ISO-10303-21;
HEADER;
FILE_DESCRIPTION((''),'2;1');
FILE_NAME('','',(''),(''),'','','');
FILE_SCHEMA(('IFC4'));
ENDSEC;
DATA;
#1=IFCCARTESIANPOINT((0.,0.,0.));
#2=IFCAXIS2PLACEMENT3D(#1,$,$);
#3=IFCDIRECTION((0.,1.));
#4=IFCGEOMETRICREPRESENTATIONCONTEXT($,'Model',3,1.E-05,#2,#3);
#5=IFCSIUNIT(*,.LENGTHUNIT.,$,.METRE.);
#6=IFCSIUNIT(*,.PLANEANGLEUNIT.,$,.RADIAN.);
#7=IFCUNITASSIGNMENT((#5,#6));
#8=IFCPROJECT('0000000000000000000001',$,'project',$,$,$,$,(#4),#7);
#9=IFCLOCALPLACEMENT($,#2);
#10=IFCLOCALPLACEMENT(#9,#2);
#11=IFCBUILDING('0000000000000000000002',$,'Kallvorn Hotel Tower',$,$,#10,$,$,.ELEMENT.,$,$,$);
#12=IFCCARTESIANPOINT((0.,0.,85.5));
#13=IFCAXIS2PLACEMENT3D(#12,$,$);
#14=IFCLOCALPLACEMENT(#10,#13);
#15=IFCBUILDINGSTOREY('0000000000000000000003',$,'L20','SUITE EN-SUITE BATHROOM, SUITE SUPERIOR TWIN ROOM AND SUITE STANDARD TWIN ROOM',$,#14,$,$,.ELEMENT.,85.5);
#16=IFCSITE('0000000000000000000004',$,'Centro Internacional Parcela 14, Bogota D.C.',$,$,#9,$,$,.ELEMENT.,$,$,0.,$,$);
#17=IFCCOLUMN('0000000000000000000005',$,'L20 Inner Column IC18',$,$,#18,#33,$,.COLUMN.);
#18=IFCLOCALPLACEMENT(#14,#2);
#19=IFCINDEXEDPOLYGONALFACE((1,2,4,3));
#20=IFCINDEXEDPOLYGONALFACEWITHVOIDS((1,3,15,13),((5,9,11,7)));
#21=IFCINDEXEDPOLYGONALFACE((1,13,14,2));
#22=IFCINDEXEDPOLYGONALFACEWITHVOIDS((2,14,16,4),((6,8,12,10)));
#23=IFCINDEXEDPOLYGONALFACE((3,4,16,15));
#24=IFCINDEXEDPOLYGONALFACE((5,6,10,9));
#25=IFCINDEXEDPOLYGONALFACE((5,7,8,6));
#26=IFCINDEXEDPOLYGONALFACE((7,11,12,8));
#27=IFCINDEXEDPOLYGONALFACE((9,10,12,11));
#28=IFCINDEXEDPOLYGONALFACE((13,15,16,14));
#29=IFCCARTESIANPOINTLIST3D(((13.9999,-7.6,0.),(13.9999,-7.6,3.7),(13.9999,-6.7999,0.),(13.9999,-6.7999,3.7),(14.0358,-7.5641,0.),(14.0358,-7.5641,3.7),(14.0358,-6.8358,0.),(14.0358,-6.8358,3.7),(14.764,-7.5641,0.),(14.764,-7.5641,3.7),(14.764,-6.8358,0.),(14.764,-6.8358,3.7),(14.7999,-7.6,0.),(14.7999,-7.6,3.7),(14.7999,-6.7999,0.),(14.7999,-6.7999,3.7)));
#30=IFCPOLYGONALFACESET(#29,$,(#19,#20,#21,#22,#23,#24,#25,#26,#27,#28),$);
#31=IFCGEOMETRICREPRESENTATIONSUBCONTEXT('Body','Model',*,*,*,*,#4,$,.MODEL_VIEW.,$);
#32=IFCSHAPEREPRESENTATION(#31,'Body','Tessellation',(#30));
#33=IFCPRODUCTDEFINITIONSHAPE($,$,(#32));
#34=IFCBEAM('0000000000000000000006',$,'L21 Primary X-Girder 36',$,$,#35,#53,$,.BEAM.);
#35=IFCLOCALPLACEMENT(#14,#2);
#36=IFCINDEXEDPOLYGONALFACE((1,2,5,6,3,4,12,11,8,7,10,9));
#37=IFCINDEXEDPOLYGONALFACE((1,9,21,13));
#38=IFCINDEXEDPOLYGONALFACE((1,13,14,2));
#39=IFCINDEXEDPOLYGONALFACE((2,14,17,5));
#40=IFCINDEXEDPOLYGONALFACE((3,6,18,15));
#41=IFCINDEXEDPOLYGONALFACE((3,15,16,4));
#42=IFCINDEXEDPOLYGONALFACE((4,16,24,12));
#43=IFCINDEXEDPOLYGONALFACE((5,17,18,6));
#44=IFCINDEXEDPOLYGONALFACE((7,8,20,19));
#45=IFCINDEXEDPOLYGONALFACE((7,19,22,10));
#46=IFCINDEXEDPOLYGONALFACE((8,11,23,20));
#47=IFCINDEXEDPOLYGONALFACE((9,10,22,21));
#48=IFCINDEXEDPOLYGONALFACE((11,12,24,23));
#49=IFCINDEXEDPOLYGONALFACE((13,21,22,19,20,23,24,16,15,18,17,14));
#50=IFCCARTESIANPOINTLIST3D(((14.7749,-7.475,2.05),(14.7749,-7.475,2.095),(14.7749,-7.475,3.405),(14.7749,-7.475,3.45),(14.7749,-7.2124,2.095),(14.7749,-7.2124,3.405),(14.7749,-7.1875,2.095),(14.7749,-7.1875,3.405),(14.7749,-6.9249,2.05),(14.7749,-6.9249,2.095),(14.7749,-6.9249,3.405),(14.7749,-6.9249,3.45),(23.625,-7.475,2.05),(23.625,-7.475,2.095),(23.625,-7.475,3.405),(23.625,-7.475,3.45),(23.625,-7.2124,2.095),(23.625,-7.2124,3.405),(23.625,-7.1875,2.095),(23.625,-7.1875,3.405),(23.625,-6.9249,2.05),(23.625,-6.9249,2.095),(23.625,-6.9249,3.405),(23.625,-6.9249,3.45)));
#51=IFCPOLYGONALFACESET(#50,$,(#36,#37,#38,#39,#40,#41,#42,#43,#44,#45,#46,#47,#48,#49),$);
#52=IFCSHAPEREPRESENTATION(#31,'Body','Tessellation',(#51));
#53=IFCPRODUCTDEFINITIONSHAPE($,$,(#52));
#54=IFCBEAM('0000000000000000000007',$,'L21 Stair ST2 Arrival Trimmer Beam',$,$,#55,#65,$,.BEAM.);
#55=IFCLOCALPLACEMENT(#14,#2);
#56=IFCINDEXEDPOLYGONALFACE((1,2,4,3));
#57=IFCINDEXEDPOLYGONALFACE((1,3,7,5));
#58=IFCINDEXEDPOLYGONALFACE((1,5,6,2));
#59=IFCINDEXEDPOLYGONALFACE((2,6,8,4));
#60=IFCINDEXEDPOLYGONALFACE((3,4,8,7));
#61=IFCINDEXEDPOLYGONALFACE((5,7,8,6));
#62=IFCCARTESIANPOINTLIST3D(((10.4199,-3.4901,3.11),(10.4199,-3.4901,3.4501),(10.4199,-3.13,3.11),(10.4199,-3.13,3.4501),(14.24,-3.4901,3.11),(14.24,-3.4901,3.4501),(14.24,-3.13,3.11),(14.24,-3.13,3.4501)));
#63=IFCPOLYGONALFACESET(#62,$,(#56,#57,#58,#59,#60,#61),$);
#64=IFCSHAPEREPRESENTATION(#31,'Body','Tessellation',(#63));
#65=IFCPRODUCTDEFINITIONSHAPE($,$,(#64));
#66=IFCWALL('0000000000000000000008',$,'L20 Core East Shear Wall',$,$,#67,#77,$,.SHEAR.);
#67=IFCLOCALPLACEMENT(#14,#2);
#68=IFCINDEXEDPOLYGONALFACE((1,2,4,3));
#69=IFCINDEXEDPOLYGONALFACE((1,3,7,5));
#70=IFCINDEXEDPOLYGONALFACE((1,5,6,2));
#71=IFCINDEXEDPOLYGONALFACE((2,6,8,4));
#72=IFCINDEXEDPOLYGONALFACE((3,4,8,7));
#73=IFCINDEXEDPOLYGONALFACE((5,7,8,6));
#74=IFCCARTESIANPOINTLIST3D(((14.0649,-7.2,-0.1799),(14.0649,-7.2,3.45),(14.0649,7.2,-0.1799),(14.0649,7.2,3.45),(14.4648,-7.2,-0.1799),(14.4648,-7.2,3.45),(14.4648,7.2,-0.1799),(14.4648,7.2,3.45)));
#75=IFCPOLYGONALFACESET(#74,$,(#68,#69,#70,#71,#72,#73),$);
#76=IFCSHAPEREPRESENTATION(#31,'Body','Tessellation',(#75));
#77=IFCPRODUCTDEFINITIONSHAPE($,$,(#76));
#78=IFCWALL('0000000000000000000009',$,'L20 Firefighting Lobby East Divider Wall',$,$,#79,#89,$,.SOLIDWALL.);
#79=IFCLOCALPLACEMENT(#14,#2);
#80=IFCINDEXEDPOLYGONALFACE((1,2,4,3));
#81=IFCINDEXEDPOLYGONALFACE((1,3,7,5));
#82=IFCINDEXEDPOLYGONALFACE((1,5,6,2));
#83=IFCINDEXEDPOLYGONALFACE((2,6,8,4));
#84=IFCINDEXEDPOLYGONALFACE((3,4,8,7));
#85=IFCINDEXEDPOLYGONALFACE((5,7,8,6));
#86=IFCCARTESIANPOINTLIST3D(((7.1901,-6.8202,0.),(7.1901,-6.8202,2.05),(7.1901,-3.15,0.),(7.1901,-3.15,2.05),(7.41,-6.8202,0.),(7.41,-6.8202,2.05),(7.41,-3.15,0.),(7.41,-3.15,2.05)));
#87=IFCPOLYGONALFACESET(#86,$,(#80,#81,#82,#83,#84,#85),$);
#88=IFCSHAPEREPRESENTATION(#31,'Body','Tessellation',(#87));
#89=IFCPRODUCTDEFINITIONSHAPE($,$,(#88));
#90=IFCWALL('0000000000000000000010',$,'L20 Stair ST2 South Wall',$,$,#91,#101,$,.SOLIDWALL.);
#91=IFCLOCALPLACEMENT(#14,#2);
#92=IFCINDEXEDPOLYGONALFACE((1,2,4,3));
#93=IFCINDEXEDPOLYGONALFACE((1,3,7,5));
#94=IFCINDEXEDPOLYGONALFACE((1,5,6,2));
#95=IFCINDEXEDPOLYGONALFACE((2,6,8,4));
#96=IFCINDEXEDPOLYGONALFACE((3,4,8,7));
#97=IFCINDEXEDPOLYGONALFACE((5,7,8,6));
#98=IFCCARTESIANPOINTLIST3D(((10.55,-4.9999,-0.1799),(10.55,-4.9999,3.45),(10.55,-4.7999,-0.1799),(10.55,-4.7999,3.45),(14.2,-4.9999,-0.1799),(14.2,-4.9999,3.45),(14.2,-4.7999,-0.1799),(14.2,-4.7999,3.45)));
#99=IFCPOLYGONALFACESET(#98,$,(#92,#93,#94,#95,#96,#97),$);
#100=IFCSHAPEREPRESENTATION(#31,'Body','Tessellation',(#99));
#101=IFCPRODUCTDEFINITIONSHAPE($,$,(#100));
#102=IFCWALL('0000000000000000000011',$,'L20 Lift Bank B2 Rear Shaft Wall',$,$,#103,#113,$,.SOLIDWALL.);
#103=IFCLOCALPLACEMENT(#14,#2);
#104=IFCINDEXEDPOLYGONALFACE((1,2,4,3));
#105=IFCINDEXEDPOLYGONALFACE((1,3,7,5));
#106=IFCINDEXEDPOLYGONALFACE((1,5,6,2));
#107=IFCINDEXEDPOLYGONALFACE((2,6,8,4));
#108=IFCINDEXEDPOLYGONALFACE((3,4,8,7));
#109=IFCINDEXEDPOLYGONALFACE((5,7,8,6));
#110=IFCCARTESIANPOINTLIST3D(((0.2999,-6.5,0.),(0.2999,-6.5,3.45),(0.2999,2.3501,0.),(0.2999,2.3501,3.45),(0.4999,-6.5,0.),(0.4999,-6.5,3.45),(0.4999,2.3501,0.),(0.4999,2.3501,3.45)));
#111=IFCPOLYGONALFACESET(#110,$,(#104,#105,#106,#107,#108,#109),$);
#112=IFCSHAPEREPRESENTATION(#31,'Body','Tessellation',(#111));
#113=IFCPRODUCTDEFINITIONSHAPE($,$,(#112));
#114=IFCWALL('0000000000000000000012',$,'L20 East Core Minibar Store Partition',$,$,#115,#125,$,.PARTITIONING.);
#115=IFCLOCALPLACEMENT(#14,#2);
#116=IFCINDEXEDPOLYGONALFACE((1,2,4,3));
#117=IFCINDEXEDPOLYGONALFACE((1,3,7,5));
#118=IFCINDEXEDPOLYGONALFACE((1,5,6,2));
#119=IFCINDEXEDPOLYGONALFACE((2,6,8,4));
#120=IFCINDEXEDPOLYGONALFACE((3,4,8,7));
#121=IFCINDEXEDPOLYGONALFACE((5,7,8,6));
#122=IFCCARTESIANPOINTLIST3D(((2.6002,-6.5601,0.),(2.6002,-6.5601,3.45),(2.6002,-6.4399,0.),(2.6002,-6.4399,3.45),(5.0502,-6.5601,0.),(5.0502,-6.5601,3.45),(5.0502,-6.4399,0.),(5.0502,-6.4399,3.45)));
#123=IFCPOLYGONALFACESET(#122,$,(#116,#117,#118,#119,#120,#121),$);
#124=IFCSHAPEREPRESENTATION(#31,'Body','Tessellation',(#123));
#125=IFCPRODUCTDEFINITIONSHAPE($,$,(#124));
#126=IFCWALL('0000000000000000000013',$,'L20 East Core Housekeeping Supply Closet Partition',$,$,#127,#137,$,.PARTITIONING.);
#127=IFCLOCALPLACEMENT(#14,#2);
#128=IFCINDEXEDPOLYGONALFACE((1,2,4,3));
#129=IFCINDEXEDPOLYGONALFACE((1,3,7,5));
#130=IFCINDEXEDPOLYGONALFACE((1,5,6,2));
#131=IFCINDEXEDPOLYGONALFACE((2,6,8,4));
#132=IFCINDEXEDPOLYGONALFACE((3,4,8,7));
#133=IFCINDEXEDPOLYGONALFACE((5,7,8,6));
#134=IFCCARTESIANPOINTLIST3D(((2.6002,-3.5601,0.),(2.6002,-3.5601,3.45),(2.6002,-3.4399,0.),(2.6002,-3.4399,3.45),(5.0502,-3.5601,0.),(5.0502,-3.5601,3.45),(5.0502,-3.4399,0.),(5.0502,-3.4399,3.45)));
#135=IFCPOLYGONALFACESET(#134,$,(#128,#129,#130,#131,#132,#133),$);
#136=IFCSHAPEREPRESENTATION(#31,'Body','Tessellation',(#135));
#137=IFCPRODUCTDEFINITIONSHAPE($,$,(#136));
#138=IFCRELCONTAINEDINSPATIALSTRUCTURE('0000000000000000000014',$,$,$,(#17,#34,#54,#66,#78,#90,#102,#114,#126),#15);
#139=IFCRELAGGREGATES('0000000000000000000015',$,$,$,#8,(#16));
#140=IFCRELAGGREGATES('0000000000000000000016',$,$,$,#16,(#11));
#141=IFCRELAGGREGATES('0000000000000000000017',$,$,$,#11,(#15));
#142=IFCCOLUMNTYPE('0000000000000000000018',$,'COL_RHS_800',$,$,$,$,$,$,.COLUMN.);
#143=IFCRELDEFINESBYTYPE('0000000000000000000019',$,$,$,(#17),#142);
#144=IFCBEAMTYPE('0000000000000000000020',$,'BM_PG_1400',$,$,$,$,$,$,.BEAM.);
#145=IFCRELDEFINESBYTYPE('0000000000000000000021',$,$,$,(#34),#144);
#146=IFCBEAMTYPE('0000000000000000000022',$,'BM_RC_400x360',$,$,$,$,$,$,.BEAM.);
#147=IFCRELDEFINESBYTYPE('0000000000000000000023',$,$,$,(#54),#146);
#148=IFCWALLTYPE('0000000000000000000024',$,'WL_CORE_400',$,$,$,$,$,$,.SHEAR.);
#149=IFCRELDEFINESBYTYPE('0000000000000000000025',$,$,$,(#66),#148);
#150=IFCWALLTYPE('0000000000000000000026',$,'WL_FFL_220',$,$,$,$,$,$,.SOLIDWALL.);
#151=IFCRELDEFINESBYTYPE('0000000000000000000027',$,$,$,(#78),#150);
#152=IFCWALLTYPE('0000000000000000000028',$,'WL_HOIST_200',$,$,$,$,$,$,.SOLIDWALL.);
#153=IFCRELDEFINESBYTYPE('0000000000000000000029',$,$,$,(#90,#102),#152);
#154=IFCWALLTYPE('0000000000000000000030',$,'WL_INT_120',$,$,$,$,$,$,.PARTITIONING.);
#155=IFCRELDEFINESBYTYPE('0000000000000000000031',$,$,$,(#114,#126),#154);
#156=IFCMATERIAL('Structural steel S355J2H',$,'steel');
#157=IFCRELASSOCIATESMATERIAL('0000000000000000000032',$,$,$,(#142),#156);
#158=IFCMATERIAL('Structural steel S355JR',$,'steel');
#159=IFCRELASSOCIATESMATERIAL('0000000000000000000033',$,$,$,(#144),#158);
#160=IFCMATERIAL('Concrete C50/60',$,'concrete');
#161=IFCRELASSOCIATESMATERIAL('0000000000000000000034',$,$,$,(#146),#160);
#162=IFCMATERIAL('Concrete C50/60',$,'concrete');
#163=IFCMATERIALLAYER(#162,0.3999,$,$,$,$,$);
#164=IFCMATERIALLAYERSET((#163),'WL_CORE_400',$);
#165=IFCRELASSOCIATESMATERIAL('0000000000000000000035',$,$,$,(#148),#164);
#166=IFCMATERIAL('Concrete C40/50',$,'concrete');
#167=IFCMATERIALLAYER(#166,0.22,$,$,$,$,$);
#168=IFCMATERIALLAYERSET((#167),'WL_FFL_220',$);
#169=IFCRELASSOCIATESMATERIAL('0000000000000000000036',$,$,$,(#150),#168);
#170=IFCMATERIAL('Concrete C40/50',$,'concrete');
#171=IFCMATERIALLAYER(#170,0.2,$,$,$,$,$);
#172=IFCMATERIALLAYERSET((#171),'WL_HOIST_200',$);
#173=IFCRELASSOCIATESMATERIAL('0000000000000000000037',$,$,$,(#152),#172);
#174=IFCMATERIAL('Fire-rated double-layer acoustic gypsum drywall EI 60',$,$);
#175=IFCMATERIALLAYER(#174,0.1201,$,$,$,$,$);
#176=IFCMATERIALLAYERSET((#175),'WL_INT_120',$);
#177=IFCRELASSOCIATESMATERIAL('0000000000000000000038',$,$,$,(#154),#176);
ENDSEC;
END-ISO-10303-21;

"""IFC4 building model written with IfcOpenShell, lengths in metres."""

from ifc_helpers import new_model, si_unit, direction, frame, frame_2d, origin, origin_2d, place, context, subcontext, project, spatial, rectangle, hollow_rectangle, i_section, extrude, material, layer, layer_set, material_profile, profile_set, type_object, element, save


model = new_model("IFC4")

# Units and contexts
model_context = context("Model", 3, precision=1e-05, world=origin(), true_north=direction((0.0, 1.0)))
body_context = subcontext(model_context, "Body", "Model", "MODEL_VIEW")
ifc_project = project(units=[si_unit("LENGTHUNIT", "METRE"), si_unit("PLANEANGLEUNIT", "RADIAN")], contexts=[model_context])

# Site, building, storey
site_placement = place(None, origin())
site = spatial("IfcSite", under=ifc_project, at=site_placement, Name="Centro Internacional Parcela 14, Bogota D.C.", CompositionType="ELEMENT", RefElevation=0.0)
building_placement = place(site_placement, origin())
building = spatial("IfcBuilding", under=site, at=building_placement, Name="Kallvorn Hotel Tower", CompositionType="ELEMENT")
storey_placement = place(building_placement, frame((0.0, 0.0, 85.5)))
storey = spatial("IfcBuildingStorey", under=building, at=storey_placement, Name="L20", Description="SUITE EN-SUITE BATHROOM, SUITE SUPERIOR TWIN ROOM AND SUITE STANDARD TWIN ROOM", CompositionType="ELEMENT", Elevation=85.5)

# Column
ifc_material_1 = material(Name="Structural steel S355J2H", Category="steel")
ifc_material_profile_1 = material_profile(ifc_material_1, hollow_rectangle(XDim=0.8, YDim=0.8, WallThickness=0.0359, at=origin_2d()), Name="RHS 800x800x36")
ifc_profile_set_1 = profile_set([ifc_material_profile_1], Name="Structural steel S355J2H")
column_type = type_object("IfcColumnType", Name="COL_RHS_800", PredefinedType="COLUMN", material=ifc_profile_set_1)
column_placement = place(storey_placement, frame((14.3999, -7.2, 0.0), z_axis=(0.0, 0.0, 1.0), x_axis=(1.0, 0.0, 0.0)))
element("IfcColumn", 1, at=column_placement, inside=storey, type_object=column_type, Name="L20 Inner Column IC18", PredefinedType="COLUMN", context=body_context, shape_type="SweptSolid", body=[
    extrude(hollow_rectangle(XDim=0.8, YDim=0.8, WallThickness=0.0359, at=origin_2d()), origin(), (0.0, 0.0, 1.0), 3.7),
])

# Beams
ifc_material_2 = material(Name="Structural steel S355JR", Category="steel")
ifc_material_profile_2 = material_profile(ifc_material_2, i_section(OverallWidth=0.55, OverallDepth=1.3999, WebThickness=0.0249, FlangeThickness=0.0449, at=origin_2d()), Name="PG 1400x550x25x45")
ifc_profile_set_2 = profile_set([ifc_material_profile_2], Name="Structural steel S355JR")
beam_type_1 = type_object("IfcBeamType", Name="BM_PG_1400", PredefinedType="BEAM", material=ifc_profile_set_2)
beam_1_placement = place(storey_placement, frame((14.7749, -7.2, 2.75), z_axis=(1.0, 0.0, 0.0), x_axis=(0.0, 1.0, 0.0)))
element("IfcBeam", 2, at=beam_1_placement, inside=storey, type_object=beam_type_1, Name="L21 Primary X-Girder 36", PredefinedType="BEAM", context=body_context, shape_type="SweptSolid", body=[
    extrude(i_section(OverallWidth=0.55, OverallDepth=1.3999, WebThickness=0.0249, FlangeThickness=0.0449, at=origin_2d()), origin(), (0.0, 0.0, 1.0), 8.8501),
])
ifc_material_3 = material(Name="Concrete C50/60", Category="concrete")
ifc_material_profile_3 = material_profile(ifc_material_3, rectangle(XDim=0.3601, YDim=0.3401, at=origin_2d()), Name="RC 360x340")
ifc_profile_set_3 = profile_set([ifc_material_profile_3], Name="Concrete C50/60")
beam_type_2 = type_object("IfcBeamType", Name="BM_RC_400x360", PredefinedType="BEAM", material=ifc_profile_set_3)
beam_2_placement = place(storey_placement, frame((14.24, -3.3101, 3.28), z_axis=(-1.0, 0.0, 0.0), x_axis=(0.0, -1.0, 0.0)))
element("IfcBeam", 3, at=beam_2_placement, inside=storey, type_object=beam_type_2, Name="L21 Stair ST2 Arrival Trimmer Beam", PredefinedType="BEAM", context=body_context, shape_type="SweptSolid", body=[
    extrude(rectangle(XDim=0.3601, YDim=0.3401, at=origin_2d()), origin(), (0.0, 0.0, 1.0), 3.8201),
])

# Walls
ifc_material_4 = material(Name="Concrete C50/60", Category="concrete")
ifc_layer_1 = layer(ifc_material_4, 0.3999)
ifc_layer_set_1 = layer_set([ifc_layer_1], Name="WL_CORE_400")
wall_type_1 = type_object("IfcWallType", Name="WL_CORE_400", PredefinedType="SHEAR", material=ifc_layer_set_1)
wall_1_placement = place(storey_placement, frame((14.2649, -7.2, -0.1799), z_axis=(0.0, 0.0, 1.0), x_axis=(0.0, 1.0, 0.0)))
element("IfcWall", 4, at=wall_1_placement, inside=storey, type_object=wall_type_1, Name="L20 Core East Shear Wall", PredefinedType="SHEAR", context=body_context, shape_type="SweptSolid", body=[
    extrude(rectangle(XDim=14.3999, YDim=0.3999, at=frame_2d((7.2, 0.0))), origin(), (0.0, 0.0, 1.0), 3.6299),
])
ifc_material_5 = material(Name="Concrete C40/50", Category="concrete")
ifc_layer_2 = layer(ifc_material_5, 0.22)
ifc_layer_set_2 = layer_set([ifc_layer_2], Name="WL_FFL_220")
wall_type_2 = type_object("IfcWallType", Name="WL_FFL_220", PredefinedType="SOLIDWALL", material=ifc_layer_set_2)
wall_2_placement = place(storey_placement, frame((7.3, -6.8201, 0.0), z_axis=(0.0, 0.0, 1.0), x_axis=(0.0, 1.0, 0.0)))
element("IfcWall", 5, at=wall_2_placement, inside=storey, type_object=wall_type_2, Name="L20 Firefighting Lobby East Divider Wall", PredefinedType="SOLIDWALL", context=body_context, shape_type="SweptSolid", body=[
    extrude(rectangle(XDim=3.6702, YDim=0.22, at=frame_2d((1.835, 0.0))), origin(), (0.0, 0.0, 1.0), 2.05),
])
ifc_material_6 = material(Name="Concrete C40/50", Category="concrete")
ifc_layer_3 = layer(ifc_material_6, 0.2)
ifc_layer_set_3 = layer_set([ifc_layer_3], Name="WL_HOIST_200")
wall_type_3 = type_object("IfcWallType", Name="WL_HOIST_200", PredefinedType="SOLIDWALL", material=ifc_layer_set_3)
wall_3_placement = place(storey_placement, frame((10.55, -4.8999, -0.1799), z_axis=(0.0, 0.0, 1.0), x_axis=(1.0, 0.0, 0.0)))
element("IfcWall", 6, at=wall_3_placement, inside=storey, type_object=wall_type_3, Name="L20 Stair ST2 South Wall", PredefinedType="SOLIDWALL", context=body_context, shape_type="SweptSolid", body=[
    extrude(rectangle(XDim=3.6499, YDim=0.2, at=frame_2d((1.825, 0.0))), origin(), (0.0, 0.0, 1.0), 3.6299),
])
wall_4_placement = place(storey_placement, frame((0.3999, -6.5, 0.0), z_axis=(0.0, 0.0, 1.0), x_axis=(0.0, 1.0, 0.0)))
element("IfcWall", 7, at=wall_4_placement, inside=storey, type_object=wall_type_3, Name="L20 Lift Bank B2 Rear Shaft Wall", PredefinedType="SOLIDWALL", context=body_context, shape_type="SweptSolid", body=[
    extrude(rectangle(XDim=8.8501, YDim=0.2, at=frame_2d((4.425, 0.0))), origin(), (0.0, 0.0, 1.0), 3.45),
])
ifc_material_7 = material(Name="Fire-rated double-layer acoustic gypsum drywall EI 60")
ifc_layer_4 = layer(ifc_material_7, 0.1201)
ifc_layer_set_4 = layer_set([ifc_layer_4], Name="WL_INT_120")
wall_type_4 = type_object("IfcWallType", Name="WL_INT_120", PredefinedType="PARTITIONING", material=ifc_layer_set_4)
for number, where, z_axis, x_axis, name in (
    (8, (2.6001, -6.5, 0.0), (0.0, 0.0, 1.0), (1.0, 0.0, 0.0), "L20 East Core Minibar Store Partition"),
    (9, (2.6001, -3.5, 0.0), (0.0, 0.0, 1.0), (1.0, 0.0, 0.0), "L20 East Core Housekeeping Supply Closet Partition"),
):
    element("IfcWall", number, at=place(storey_placement, frame(where, z_axis=z_axis, x_axis=x_axis)), inside=storey, type_object=wall_type_4, Name=name, PredefinedType="PARTITIONING", context=body_context, shape_type="SweptSolid", body=[
        extrude(rectangle(XDim=2.45, YDim=0.1201, at=frame_2d((1.2251, 0.0))), origin(), (0.0, 0.0, 1.0), 3.45),
    ])

save(model, "model.ifc")
